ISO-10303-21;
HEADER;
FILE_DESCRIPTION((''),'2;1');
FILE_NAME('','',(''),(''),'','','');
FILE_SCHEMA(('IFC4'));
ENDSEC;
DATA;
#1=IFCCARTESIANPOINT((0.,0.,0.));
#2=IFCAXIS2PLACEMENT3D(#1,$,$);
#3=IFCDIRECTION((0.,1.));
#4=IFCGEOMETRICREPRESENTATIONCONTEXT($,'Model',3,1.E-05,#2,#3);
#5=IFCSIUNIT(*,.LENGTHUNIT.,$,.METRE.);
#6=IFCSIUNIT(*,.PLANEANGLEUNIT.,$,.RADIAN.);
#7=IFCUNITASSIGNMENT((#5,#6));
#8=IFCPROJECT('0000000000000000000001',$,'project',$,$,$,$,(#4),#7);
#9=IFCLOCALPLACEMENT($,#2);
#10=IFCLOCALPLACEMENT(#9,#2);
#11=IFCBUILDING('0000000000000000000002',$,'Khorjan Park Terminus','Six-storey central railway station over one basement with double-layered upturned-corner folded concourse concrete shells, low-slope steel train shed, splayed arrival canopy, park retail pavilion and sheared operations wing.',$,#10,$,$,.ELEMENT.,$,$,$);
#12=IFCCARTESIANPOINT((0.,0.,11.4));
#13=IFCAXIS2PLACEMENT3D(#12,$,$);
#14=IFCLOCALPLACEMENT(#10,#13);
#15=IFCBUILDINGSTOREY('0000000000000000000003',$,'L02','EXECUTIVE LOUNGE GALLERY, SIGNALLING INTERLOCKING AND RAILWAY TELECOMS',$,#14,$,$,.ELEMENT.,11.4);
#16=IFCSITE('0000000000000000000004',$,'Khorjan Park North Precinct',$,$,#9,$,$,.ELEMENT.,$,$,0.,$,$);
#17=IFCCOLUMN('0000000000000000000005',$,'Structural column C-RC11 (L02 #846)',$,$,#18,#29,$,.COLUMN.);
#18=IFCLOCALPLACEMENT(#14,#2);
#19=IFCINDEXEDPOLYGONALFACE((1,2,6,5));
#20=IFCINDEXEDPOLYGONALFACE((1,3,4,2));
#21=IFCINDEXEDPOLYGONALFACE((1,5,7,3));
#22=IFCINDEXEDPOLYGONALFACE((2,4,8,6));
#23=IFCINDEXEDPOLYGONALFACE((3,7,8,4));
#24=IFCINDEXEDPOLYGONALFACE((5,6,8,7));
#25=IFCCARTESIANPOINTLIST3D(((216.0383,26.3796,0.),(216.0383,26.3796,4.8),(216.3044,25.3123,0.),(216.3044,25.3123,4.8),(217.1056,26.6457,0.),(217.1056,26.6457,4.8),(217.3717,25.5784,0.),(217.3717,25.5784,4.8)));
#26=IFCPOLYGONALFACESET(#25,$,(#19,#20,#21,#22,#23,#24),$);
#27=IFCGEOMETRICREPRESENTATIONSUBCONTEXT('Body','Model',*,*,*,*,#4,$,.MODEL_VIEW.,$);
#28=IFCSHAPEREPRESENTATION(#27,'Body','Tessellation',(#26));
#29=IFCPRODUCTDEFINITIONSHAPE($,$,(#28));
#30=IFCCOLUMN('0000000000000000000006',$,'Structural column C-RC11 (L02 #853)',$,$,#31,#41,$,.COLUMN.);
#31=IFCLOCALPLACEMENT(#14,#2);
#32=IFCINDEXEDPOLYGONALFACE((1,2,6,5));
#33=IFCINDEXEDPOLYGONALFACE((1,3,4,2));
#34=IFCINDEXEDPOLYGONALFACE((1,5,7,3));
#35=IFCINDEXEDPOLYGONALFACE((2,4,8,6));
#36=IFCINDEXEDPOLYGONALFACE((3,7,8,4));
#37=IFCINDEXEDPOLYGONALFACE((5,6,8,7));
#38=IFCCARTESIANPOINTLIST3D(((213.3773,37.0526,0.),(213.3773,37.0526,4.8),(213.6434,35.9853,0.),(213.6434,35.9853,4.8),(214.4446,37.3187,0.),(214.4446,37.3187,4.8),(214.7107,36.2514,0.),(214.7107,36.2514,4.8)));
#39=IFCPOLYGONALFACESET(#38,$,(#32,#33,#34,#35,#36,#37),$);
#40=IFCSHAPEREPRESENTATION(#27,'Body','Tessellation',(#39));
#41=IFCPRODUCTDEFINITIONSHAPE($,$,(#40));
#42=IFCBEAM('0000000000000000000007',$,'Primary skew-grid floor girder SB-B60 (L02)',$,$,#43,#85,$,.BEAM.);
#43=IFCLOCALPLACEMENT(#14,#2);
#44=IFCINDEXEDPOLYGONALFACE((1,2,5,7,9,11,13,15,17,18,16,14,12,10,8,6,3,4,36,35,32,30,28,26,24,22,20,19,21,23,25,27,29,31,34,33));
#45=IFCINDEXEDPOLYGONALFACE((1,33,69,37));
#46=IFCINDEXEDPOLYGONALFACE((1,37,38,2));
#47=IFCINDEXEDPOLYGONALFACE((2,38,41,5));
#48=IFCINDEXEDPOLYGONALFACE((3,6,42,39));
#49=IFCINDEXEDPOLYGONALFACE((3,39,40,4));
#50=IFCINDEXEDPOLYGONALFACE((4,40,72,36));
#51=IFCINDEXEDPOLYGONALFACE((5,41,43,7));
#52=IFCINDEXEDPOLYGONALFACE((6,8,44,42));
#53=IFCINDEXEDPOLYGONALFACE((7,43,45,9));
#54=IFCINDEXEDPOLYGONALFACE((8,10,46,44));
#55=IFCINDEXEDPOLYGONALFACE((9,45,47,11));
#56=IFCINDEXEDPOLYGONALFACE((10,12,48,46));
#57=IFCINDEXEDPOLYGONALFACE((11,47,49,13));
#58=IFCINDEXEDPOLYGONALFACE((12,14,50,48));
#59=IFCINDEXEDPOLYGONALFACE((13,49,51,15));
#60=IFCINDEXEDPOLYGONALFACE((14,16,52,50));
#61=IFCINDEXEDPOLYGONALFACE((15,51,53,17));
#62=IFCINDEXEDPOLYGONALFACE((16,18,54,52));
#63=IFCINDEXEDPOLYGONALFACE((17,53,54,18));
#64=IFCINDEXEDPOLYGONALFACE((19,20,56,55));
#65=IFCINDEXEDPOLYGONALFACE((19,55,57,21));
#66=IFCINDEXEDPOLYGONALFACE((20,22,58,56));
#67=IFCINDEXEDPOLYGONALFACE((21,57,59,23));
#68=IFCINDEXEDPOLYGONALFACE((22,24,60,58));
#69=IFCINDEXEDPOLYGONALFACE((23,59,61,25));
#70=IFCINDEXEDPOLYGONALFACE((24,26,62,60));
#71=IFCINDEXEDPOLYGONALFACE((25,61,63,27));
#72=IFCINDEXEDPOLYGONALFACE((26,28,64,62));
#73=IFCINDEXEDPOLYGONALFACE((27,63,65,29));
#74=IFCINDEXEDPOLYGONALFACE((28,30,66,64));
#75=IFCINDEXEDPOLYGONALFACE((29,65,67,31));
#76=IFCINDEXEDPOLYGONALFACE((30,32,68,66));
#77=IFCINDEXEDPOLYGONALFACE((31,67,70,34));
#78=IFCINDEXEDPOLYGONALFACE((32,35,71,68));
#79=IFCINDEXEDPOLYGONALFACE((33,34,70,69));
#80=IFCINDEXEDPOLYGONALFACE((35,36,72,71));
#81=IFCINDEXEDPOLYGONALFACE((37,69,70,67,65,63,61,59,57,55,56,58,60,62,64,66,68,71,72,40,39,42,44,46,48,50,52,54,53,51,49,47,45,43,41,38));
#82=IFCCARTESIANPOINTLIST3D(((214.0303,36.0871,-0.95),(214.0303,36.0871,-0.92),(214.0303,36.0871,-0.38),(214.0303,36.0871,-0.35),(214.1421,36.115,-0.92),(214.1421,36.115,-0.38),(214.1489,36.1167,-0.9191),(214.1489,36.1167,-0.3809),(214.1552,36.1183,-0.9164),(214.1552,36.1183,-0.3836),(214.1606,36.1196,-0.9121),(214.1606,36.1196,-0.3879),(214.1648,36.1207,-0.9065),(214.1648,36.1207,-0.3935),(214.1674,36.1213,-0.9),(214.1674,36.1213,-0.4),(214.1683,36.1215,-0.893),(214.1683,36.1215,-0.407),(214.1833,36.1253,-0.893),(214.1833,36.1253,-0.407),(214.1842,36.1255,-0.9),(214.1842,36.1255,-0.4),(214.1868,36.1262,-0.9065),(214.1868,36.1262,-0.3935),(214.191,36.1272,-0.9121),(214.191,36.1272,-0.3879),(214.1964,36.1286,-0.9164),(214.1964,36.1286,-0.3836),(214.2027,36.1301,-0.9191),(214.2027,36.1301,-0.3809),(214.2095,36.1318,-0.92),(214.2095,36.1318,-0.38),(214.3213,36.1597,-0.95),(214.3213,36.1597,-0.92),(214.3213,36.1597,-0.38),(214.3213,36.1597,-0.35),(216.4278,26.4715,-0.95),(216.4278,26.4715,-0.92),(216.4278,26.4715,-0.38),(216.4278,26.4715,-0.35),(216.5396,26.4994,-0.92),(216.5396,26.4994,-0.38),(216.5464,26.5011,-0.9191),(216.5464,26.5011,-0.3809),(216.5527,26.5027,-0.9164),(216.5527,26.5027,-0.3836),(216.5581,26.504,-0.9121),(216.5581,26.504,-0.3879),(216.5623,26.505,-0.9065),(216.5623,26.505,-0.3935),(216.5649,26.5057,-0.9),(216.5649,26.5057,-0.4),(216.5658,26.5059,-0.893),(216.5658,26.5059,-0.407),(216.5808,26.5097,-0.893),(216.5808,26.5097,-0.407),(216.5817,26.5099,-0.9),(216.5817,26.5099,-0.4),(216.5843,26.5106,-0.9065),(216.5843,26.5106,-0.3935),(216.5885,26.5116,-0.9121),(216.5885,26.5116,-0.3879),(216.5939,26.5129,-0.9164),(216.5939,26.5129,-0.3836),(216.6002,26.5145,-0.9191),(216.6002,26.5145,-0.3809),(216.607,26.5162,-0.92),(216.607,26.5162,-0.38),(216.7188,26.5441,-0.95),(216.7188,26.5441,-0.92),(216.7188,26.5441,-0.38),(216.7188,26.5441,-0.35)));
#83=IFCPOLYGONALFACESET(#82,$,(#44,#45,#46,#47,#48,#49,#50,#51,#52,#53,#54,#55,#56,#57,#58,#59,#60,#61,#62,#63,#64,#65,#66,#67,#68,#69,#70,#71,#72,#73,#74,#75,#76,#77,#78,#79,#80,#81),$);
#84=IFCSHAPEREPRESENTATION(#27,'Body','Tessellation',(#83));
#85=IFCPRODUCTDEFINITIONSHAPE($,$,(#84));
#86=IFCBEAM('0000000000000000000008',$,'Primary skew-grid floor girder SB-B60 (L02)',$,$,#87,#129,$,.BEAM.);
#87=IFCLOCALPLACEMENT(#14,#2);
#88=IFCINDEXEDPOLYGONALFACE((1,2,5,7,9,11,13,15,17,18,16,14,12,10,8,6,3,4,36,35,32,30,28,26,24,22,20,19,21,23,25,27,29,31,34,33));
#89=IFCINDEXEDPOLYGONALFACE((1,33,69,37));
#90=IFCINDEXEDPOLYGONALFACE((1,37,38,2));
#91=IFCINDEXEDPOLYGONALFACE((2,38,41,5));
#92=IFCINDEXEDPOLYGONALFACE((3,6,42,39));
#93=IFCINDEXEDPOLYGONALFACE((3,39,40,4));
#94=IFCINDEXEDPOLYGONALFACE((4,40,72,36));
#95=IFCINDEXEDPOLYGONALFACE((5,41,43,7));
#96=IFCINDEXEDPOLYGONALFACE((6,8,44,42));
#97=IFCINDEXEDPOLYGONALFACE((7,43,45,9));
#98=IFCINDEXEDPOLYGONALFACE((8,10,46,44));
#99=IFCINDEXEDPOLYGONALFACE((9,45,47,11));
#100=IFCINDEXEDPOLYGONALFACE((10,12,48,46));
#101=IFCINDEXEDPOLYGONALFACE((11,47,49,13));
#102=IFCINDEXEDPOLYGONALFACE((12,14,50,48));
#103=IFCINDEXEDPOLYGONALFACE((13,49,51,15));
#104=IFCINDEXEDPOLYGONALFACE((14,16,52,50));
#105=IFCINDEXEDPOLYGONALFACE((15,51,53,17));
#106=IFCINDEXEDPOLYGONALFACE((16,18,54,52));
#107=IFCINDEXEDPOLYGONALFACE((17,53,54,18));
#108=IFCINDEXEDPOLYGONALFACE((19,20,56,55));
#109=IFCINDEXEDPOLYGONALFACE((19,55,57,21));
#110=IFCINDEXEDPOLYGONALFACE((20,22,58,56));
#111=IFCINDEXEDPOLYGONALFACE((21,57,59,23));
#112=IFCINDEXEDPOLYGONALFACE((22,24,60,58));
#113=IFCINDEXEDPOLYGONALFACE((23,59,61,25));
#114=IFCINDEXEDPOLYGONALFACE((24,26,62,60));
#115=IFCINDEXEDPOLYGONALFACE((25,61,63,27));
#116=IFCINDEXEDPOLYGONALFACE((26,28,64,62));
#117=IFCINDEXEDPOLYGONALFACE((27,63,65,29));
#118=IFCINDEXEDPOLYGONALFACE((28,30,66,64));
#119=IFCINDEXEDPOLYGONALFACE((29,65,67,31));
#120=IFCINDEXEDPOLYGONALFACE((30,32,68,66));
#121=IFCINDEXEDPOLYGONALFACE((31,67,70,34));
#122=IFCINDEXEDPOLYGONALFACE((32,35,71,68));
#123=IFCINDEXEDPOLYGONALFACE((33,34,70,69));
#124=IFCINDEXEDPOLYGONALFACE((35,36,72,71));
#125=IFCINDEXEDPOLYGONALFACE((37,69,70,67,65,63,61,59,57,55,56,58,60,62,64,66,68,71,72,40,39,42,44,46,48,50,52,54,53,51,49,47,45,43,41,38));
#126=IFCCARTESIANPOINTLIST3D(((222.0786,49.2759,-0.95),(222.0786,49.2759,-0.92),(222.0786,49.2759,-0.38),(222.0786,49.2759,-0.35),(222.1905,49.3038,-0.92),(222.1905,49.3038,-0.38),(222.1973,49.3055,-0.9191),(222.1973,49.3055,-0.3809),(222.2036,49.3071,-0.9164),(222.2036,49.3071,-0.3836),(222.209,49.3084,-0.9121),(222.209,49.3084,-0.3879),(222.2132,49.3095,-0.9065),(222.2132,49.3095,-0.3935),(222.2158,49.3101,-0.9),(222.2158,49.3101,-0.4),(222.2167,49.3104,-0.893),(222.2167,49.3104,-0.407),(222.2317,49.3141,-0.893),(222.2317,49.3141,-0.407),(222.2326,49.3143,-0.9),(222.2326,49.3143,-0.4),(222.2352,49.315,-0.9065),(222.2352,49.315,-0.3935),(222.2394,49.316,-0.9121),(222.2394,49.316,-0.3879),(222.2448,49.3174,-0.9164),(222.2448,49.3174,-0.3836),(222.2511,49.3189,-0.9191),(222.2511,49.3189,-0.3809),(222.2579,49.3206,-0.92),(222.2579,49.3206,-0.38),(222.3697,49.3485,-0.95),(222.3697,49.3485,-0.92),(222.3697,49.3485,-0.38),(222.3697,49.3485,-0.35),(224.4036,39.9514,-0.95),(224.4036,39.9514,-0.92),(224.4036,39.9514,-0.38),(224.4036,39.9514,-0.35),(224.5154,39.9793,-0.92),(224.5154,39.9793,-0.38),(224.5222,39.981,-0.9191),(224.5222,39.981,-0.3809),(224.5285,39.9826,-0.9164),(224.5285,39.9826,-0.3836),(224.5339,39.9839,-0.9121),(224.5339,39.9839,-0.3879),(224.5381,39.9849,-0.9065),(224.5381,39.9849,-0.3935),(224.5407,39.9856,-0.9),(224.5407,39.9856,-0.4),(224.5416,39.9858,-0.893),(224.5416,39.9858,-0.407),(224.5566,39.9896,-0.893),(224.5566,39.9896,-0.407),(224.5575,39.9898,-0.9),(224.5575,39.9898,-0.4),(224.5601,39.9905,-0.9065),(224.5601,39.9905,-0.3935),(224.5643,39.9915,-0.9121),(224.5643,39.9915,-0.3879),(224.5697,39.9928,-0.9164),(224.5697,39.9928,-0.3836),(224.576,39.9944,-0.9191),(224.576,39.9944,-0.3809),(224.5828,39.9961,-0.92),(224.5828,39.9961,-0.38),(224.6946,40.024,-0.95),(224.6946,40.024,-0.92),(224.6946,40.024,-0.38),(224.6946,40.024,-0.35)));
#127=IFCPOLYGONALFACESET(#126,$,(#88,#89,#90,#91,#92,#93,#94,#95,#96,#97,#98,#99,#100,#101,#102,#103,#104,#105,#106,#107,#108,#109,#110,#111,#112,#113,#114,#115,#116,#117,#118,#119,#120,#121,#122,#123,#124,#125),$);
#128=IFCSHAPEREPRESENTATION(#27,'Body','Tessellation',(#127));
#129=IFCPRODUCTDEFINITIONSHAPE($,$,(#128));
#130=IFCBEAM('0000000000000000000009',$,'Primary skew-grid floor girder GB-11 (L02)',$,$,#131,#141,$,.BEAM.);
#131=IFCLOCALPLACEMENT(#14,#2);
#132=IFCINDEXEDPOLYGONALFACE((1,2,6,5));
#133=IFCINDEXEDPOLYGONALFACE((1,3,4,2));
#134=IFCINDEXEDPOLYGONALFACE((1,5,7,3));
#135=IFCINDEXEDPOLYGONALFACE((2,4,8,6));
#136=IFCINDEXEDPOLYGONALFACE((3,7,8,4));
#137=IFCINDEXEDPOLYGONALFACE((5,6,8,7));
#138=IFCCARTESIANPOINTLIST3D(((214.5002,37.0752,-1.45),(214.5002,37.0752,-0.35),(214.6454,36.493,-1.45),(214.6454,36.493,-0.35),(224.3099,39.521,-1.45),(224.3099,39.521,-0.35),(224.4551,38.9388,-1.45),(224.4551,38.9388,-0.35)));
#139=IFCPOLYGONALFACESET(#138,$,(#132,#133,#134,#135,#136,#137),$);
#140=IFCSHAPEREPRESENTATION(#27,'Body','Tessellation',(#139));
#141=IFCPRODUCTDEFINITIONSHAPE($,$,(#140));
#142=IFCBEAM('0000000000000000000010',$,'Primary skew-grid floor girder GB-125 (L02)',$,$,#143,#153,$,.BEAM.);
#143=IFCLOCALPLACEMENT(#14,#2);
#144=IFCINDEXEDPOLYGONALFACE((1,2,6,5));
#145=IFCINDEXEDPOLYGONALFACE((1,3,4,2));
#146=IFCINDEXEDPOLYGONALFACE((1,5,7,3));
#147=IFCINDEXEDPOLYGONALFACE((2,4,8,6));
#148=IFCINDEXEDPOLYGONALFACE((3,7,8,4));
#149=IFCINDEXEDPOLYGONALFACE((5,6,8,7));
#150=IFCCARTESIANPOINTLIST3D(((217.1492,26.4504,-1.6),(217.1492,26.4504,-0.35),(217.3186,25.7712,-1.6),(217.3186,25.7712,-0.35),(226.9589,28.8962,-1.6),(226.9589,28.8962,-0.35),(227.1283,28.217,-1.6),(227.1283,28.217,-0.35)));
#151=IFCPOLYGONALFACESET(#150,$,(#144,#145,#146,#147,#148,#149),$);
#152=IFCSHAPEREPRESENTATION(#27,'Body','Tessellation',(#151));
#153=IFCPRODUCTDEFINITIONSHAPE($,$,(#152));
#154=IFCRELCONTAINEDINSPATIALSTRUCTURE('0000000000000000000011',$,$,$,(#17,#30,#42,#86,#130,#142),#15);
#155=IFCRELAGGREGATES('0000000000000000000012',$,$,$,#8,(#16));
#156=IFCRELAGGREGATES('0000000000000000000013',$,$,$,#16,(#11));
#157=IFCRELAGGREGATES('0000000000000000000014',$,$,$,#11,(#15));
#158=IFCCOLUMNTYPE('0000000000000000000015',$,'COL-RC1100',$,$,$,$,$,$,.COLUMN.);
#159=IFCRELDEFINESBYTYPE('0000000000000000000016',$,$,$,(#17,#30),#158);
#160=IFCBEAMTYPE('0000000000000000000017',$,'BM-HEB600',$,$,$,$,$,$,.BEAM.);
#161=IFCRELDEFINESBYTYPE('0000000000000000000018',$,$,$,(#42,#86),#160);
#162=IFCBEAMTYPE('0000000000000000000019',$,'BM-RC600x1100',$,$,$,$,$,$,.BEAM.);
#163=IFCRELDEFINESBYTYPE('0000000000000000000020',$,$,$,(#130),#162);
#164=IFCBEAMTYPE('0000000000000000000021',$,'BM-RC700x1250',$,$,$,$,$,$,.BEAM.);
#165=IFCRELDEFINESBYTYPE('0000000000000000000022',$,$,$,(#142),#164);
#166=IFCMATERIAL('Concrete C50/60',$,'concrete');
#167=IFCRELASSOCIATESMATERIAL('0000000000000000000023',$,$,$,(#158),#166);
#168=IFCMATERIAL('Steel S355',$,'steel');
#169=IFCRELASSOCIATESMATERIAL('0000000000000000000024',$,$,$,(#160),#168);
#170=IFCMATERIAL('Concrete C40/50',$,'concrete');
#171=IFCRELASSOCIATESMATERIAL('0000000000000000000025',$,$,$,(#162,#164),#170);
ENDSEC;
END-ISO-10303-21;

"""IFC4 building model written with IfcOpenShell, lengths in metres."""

from ifc_helpers import new_model, si_unit, direction, frame, origin, origin_2d, place, context, subcontext, project, spatial, rectangle, i_section, extrude, material, material_profile, profile_set, type_object, element, save


model = new_model("IFC4")

# Units and contexts
model_context = context("Model", 3, precision=1e-05, world=origin(), true_north=direction((0.0, 1.0)))
body_context = subcontext(model_context, "Body", "Model", "MODEL_VIEW")
ifc_project = project(units=[si_unit("LENGTHUNIT", "METRE"), si_unit("PLANEANGLEUNIT", "RADIAN")], contexts=[model_context])

# Site, building, storey
site_placement = place(None, origin())
site = spatial("IfcSite", under=ifc_project, at=site_placement, Name="Khorjan Park North Precinct", CompositionType="ELEMENT", RefElevation=0.0)
building_placement = place(site_placement, origin())
building = spatial("IfcBuilding", under=site, at=building_placement, Name="Khorjan Park Terminus", Description="Six-storey central railway station over one basement with double-layered upturned-corner folded concourse concrete shells, low-slope steel train shed, splayed arrival canopy, park retail pavilion and sheared operations wing.", CompositionType="ELEMENT")
storey_placement = place(building_placement, frame((0.0, 0.0, 11.4)))
storey = spatial("IfcBuildingStorey", under=building, at=storey_placement, Name="L02", Description="EXECUTIVE LOUNGE GALLERY, SIGNALLING INTERLOCKING AND RAILWAY TELECOMS", CompositionType="ELEMENT", Elevation=11.4)

# Columns
ifc_material_1 = material(Name="Concrete C50/60", Category="concrete")
ifc_material_profile_1 = material_profile(ifc_material_1, rectangle(XDim=1.1, YDim=1.1, at=origin_2d()), Name="RC 1100x1100")
ifc_profile_set_1 = profile_set([ifc_material_profile_1], Name="Concrete C50/60")
column_type = type_object("IfcColumnType", Name="COL-RC1100", PredefinedType="COLUMN", material=ifc_profile_set_1)
for number, where, z_axis, x_axis, name in (
    (1, (216.705, 25.979, 0.0), (0.0, 0.0, 1.0), (0.970296, 0.241922, 0.0), "Structural column C-RC11 (L02 #846)"),
    (2, (214.044, 36.652, 0.0), (0.0, 0.0, 1.0), (0.970296, 0.241922, 0.0), "Structural column C-RC11 (L02 #853)"),
):
    element("IfcColumn", number, at=place(storey_placement, frame(where, z_axis=z_axis, x_axis=x_axis)), inside=storey, type_object=column_type, Name=name, PredefinedType="COLUMN", context=body_context, shape_type="SweptSolid", body=[
        extrude(rectangle(XDim=1.1, YDim=1.1, at=origin_2d()), origin(), (0.0, 0.0, 1.0), 4.8),
    ])

# Beams
ifc_material_2 = material(Name="Steel S355", Category="steel")
ifc_material_profile_2 = material_profile(ifc_material_2, i_section(OverallWidth=0.3, OverallDepth=0.6, WebThickness=0.0155, FlangeThickness=0.03, FilletRadius=0.027, at=origin_2d()), Name="HEB 600")
ifc_profile_set_2 = profile_set([ifc_material_profile_2], Name="Steel S355")
beam_type_1 = type_object("IfcBeamType", Name="BM-HEB600", PredefinedType="BEAM", material=ifc_profile_set_2)
beam_1_placement = place(storey_placement, frame((216.5733, 26.5078, -0.65), z_axis=(-0.241928, 0.970294, 0.0), x_axis=(-0.970294, -0.241928, 0.0)))
element("IfcBeam", 3, at=beam_1_placement, inside=storey, type_object=beam_type_1, Name="Primary skew-grid floor girder SB-B60 (L02)", PredefinedType="BEAM", context=body_context, shape_type="SweptSolid", body=[
    extrude(i_section(OverallWidth=0.3, OverallDepth=0.6, WebThickness=0.0155, FlangeThickness=0.03, FilletRadius=0.027, at=origin_2d()), origin(), (0.0, 0.0, 1.0), 9.91),
])
beam_2_placement = place(storey_placement, frame((224.5491, 39.9877, -0.65), z_axis=(-0.241926, 0.970295, 0.0), x_axis=(-0.970295, -0.241926, 0.0)))
element("IfcBeam", 4, at=beam_2_placement, inside=storey, type_object=beam_type_1, Name="Primary skew-grid floor girder SB-B60 (L02)", PredefinedType="BEAM", context=body_context, shape_type="SweptSolid", body=[
    extrude(i_section(OverallWidth=0.3, OverallDepth=0.6, WebThickness=0.0155, FlangeThickness=0.03, FilletRadius=0.027, at=origin_2d()), origin(), (0.0, 0.0, 1.0), 9.61),
])
ifc_material_3 = material(Name="Concrete C40/50", Category="concrete")
ifc_material_profile_3 = material_profile(ifc_material_3, rectangle(XDim=0.6, YDim=1.1, at=origin_2d()), Name="RC 600x1100")
ifc_profile_set_3 = profile_set([ifc_material_profile_3], Name="Concrete C40/50")
beam_type_2 = type_object("IfcBeamType", Name="BM-RC600x1100", PredefinedType="BEAM", material=ifc_profile_set_3)
beam_3_placement = place(storey_placement, frame((214.5728, 36.7841, -0.9), z_axis=(0.970296, 0.241919, 0.0), x_axis=(-0.241919, 0.970296, 0.0)))
element("IfcBeam", 5, at=beam_3_placement, inside=storey, type_object=beam_type_2, Name="Primary skew-grid floor girder GB-11 (L02)", PredefinedType="BEAM", context=body_context, shape_type="SweptSolid", body=[
    extrude(rectangle(XDim=0.6, YDim=1.1, at=origin_2d()), origin(), (0.0, 0.0, 1.0), 10.11),
])
ifc_material_profile_4 = material_profile(ifc_material_3, rectangle(XDim=0.7, YDim=1.25, at=origin_2d()), Name="RC 700x1250")
ifc_profile_set_4 = profile_set([ifc_material_profile_4], Name="Concrete C40/50")
beam_type_3 = type_object("IfcBeamType", Name="BM-RC700x1250", PredefinedType="BEAM", material=ifc_profile_set_4)
beam_4_placement = place(storey_placement, frame((217.2339, 26.1108, -0.975), z_axis=(0.970296, 0.241919, 0.0), x_axis=(-0.241919, 0.970296, 0.0)))
element("IfcBeam", 6, at=beam_4_placement, inside=storey, type_object=beam_type_3, Name="Primary skew-grid floor girder GB-125 (L02)", PredefinedType="BEAM", context=body_context, shape_type="SweptSolid", body=[
    extrude(rectangle(XDim=0.7, YDim=1.25, at=origin_2d()), origin(), (0.0, 0.0, 1.0), 10.11),
])

save(model, "model.ifc")
